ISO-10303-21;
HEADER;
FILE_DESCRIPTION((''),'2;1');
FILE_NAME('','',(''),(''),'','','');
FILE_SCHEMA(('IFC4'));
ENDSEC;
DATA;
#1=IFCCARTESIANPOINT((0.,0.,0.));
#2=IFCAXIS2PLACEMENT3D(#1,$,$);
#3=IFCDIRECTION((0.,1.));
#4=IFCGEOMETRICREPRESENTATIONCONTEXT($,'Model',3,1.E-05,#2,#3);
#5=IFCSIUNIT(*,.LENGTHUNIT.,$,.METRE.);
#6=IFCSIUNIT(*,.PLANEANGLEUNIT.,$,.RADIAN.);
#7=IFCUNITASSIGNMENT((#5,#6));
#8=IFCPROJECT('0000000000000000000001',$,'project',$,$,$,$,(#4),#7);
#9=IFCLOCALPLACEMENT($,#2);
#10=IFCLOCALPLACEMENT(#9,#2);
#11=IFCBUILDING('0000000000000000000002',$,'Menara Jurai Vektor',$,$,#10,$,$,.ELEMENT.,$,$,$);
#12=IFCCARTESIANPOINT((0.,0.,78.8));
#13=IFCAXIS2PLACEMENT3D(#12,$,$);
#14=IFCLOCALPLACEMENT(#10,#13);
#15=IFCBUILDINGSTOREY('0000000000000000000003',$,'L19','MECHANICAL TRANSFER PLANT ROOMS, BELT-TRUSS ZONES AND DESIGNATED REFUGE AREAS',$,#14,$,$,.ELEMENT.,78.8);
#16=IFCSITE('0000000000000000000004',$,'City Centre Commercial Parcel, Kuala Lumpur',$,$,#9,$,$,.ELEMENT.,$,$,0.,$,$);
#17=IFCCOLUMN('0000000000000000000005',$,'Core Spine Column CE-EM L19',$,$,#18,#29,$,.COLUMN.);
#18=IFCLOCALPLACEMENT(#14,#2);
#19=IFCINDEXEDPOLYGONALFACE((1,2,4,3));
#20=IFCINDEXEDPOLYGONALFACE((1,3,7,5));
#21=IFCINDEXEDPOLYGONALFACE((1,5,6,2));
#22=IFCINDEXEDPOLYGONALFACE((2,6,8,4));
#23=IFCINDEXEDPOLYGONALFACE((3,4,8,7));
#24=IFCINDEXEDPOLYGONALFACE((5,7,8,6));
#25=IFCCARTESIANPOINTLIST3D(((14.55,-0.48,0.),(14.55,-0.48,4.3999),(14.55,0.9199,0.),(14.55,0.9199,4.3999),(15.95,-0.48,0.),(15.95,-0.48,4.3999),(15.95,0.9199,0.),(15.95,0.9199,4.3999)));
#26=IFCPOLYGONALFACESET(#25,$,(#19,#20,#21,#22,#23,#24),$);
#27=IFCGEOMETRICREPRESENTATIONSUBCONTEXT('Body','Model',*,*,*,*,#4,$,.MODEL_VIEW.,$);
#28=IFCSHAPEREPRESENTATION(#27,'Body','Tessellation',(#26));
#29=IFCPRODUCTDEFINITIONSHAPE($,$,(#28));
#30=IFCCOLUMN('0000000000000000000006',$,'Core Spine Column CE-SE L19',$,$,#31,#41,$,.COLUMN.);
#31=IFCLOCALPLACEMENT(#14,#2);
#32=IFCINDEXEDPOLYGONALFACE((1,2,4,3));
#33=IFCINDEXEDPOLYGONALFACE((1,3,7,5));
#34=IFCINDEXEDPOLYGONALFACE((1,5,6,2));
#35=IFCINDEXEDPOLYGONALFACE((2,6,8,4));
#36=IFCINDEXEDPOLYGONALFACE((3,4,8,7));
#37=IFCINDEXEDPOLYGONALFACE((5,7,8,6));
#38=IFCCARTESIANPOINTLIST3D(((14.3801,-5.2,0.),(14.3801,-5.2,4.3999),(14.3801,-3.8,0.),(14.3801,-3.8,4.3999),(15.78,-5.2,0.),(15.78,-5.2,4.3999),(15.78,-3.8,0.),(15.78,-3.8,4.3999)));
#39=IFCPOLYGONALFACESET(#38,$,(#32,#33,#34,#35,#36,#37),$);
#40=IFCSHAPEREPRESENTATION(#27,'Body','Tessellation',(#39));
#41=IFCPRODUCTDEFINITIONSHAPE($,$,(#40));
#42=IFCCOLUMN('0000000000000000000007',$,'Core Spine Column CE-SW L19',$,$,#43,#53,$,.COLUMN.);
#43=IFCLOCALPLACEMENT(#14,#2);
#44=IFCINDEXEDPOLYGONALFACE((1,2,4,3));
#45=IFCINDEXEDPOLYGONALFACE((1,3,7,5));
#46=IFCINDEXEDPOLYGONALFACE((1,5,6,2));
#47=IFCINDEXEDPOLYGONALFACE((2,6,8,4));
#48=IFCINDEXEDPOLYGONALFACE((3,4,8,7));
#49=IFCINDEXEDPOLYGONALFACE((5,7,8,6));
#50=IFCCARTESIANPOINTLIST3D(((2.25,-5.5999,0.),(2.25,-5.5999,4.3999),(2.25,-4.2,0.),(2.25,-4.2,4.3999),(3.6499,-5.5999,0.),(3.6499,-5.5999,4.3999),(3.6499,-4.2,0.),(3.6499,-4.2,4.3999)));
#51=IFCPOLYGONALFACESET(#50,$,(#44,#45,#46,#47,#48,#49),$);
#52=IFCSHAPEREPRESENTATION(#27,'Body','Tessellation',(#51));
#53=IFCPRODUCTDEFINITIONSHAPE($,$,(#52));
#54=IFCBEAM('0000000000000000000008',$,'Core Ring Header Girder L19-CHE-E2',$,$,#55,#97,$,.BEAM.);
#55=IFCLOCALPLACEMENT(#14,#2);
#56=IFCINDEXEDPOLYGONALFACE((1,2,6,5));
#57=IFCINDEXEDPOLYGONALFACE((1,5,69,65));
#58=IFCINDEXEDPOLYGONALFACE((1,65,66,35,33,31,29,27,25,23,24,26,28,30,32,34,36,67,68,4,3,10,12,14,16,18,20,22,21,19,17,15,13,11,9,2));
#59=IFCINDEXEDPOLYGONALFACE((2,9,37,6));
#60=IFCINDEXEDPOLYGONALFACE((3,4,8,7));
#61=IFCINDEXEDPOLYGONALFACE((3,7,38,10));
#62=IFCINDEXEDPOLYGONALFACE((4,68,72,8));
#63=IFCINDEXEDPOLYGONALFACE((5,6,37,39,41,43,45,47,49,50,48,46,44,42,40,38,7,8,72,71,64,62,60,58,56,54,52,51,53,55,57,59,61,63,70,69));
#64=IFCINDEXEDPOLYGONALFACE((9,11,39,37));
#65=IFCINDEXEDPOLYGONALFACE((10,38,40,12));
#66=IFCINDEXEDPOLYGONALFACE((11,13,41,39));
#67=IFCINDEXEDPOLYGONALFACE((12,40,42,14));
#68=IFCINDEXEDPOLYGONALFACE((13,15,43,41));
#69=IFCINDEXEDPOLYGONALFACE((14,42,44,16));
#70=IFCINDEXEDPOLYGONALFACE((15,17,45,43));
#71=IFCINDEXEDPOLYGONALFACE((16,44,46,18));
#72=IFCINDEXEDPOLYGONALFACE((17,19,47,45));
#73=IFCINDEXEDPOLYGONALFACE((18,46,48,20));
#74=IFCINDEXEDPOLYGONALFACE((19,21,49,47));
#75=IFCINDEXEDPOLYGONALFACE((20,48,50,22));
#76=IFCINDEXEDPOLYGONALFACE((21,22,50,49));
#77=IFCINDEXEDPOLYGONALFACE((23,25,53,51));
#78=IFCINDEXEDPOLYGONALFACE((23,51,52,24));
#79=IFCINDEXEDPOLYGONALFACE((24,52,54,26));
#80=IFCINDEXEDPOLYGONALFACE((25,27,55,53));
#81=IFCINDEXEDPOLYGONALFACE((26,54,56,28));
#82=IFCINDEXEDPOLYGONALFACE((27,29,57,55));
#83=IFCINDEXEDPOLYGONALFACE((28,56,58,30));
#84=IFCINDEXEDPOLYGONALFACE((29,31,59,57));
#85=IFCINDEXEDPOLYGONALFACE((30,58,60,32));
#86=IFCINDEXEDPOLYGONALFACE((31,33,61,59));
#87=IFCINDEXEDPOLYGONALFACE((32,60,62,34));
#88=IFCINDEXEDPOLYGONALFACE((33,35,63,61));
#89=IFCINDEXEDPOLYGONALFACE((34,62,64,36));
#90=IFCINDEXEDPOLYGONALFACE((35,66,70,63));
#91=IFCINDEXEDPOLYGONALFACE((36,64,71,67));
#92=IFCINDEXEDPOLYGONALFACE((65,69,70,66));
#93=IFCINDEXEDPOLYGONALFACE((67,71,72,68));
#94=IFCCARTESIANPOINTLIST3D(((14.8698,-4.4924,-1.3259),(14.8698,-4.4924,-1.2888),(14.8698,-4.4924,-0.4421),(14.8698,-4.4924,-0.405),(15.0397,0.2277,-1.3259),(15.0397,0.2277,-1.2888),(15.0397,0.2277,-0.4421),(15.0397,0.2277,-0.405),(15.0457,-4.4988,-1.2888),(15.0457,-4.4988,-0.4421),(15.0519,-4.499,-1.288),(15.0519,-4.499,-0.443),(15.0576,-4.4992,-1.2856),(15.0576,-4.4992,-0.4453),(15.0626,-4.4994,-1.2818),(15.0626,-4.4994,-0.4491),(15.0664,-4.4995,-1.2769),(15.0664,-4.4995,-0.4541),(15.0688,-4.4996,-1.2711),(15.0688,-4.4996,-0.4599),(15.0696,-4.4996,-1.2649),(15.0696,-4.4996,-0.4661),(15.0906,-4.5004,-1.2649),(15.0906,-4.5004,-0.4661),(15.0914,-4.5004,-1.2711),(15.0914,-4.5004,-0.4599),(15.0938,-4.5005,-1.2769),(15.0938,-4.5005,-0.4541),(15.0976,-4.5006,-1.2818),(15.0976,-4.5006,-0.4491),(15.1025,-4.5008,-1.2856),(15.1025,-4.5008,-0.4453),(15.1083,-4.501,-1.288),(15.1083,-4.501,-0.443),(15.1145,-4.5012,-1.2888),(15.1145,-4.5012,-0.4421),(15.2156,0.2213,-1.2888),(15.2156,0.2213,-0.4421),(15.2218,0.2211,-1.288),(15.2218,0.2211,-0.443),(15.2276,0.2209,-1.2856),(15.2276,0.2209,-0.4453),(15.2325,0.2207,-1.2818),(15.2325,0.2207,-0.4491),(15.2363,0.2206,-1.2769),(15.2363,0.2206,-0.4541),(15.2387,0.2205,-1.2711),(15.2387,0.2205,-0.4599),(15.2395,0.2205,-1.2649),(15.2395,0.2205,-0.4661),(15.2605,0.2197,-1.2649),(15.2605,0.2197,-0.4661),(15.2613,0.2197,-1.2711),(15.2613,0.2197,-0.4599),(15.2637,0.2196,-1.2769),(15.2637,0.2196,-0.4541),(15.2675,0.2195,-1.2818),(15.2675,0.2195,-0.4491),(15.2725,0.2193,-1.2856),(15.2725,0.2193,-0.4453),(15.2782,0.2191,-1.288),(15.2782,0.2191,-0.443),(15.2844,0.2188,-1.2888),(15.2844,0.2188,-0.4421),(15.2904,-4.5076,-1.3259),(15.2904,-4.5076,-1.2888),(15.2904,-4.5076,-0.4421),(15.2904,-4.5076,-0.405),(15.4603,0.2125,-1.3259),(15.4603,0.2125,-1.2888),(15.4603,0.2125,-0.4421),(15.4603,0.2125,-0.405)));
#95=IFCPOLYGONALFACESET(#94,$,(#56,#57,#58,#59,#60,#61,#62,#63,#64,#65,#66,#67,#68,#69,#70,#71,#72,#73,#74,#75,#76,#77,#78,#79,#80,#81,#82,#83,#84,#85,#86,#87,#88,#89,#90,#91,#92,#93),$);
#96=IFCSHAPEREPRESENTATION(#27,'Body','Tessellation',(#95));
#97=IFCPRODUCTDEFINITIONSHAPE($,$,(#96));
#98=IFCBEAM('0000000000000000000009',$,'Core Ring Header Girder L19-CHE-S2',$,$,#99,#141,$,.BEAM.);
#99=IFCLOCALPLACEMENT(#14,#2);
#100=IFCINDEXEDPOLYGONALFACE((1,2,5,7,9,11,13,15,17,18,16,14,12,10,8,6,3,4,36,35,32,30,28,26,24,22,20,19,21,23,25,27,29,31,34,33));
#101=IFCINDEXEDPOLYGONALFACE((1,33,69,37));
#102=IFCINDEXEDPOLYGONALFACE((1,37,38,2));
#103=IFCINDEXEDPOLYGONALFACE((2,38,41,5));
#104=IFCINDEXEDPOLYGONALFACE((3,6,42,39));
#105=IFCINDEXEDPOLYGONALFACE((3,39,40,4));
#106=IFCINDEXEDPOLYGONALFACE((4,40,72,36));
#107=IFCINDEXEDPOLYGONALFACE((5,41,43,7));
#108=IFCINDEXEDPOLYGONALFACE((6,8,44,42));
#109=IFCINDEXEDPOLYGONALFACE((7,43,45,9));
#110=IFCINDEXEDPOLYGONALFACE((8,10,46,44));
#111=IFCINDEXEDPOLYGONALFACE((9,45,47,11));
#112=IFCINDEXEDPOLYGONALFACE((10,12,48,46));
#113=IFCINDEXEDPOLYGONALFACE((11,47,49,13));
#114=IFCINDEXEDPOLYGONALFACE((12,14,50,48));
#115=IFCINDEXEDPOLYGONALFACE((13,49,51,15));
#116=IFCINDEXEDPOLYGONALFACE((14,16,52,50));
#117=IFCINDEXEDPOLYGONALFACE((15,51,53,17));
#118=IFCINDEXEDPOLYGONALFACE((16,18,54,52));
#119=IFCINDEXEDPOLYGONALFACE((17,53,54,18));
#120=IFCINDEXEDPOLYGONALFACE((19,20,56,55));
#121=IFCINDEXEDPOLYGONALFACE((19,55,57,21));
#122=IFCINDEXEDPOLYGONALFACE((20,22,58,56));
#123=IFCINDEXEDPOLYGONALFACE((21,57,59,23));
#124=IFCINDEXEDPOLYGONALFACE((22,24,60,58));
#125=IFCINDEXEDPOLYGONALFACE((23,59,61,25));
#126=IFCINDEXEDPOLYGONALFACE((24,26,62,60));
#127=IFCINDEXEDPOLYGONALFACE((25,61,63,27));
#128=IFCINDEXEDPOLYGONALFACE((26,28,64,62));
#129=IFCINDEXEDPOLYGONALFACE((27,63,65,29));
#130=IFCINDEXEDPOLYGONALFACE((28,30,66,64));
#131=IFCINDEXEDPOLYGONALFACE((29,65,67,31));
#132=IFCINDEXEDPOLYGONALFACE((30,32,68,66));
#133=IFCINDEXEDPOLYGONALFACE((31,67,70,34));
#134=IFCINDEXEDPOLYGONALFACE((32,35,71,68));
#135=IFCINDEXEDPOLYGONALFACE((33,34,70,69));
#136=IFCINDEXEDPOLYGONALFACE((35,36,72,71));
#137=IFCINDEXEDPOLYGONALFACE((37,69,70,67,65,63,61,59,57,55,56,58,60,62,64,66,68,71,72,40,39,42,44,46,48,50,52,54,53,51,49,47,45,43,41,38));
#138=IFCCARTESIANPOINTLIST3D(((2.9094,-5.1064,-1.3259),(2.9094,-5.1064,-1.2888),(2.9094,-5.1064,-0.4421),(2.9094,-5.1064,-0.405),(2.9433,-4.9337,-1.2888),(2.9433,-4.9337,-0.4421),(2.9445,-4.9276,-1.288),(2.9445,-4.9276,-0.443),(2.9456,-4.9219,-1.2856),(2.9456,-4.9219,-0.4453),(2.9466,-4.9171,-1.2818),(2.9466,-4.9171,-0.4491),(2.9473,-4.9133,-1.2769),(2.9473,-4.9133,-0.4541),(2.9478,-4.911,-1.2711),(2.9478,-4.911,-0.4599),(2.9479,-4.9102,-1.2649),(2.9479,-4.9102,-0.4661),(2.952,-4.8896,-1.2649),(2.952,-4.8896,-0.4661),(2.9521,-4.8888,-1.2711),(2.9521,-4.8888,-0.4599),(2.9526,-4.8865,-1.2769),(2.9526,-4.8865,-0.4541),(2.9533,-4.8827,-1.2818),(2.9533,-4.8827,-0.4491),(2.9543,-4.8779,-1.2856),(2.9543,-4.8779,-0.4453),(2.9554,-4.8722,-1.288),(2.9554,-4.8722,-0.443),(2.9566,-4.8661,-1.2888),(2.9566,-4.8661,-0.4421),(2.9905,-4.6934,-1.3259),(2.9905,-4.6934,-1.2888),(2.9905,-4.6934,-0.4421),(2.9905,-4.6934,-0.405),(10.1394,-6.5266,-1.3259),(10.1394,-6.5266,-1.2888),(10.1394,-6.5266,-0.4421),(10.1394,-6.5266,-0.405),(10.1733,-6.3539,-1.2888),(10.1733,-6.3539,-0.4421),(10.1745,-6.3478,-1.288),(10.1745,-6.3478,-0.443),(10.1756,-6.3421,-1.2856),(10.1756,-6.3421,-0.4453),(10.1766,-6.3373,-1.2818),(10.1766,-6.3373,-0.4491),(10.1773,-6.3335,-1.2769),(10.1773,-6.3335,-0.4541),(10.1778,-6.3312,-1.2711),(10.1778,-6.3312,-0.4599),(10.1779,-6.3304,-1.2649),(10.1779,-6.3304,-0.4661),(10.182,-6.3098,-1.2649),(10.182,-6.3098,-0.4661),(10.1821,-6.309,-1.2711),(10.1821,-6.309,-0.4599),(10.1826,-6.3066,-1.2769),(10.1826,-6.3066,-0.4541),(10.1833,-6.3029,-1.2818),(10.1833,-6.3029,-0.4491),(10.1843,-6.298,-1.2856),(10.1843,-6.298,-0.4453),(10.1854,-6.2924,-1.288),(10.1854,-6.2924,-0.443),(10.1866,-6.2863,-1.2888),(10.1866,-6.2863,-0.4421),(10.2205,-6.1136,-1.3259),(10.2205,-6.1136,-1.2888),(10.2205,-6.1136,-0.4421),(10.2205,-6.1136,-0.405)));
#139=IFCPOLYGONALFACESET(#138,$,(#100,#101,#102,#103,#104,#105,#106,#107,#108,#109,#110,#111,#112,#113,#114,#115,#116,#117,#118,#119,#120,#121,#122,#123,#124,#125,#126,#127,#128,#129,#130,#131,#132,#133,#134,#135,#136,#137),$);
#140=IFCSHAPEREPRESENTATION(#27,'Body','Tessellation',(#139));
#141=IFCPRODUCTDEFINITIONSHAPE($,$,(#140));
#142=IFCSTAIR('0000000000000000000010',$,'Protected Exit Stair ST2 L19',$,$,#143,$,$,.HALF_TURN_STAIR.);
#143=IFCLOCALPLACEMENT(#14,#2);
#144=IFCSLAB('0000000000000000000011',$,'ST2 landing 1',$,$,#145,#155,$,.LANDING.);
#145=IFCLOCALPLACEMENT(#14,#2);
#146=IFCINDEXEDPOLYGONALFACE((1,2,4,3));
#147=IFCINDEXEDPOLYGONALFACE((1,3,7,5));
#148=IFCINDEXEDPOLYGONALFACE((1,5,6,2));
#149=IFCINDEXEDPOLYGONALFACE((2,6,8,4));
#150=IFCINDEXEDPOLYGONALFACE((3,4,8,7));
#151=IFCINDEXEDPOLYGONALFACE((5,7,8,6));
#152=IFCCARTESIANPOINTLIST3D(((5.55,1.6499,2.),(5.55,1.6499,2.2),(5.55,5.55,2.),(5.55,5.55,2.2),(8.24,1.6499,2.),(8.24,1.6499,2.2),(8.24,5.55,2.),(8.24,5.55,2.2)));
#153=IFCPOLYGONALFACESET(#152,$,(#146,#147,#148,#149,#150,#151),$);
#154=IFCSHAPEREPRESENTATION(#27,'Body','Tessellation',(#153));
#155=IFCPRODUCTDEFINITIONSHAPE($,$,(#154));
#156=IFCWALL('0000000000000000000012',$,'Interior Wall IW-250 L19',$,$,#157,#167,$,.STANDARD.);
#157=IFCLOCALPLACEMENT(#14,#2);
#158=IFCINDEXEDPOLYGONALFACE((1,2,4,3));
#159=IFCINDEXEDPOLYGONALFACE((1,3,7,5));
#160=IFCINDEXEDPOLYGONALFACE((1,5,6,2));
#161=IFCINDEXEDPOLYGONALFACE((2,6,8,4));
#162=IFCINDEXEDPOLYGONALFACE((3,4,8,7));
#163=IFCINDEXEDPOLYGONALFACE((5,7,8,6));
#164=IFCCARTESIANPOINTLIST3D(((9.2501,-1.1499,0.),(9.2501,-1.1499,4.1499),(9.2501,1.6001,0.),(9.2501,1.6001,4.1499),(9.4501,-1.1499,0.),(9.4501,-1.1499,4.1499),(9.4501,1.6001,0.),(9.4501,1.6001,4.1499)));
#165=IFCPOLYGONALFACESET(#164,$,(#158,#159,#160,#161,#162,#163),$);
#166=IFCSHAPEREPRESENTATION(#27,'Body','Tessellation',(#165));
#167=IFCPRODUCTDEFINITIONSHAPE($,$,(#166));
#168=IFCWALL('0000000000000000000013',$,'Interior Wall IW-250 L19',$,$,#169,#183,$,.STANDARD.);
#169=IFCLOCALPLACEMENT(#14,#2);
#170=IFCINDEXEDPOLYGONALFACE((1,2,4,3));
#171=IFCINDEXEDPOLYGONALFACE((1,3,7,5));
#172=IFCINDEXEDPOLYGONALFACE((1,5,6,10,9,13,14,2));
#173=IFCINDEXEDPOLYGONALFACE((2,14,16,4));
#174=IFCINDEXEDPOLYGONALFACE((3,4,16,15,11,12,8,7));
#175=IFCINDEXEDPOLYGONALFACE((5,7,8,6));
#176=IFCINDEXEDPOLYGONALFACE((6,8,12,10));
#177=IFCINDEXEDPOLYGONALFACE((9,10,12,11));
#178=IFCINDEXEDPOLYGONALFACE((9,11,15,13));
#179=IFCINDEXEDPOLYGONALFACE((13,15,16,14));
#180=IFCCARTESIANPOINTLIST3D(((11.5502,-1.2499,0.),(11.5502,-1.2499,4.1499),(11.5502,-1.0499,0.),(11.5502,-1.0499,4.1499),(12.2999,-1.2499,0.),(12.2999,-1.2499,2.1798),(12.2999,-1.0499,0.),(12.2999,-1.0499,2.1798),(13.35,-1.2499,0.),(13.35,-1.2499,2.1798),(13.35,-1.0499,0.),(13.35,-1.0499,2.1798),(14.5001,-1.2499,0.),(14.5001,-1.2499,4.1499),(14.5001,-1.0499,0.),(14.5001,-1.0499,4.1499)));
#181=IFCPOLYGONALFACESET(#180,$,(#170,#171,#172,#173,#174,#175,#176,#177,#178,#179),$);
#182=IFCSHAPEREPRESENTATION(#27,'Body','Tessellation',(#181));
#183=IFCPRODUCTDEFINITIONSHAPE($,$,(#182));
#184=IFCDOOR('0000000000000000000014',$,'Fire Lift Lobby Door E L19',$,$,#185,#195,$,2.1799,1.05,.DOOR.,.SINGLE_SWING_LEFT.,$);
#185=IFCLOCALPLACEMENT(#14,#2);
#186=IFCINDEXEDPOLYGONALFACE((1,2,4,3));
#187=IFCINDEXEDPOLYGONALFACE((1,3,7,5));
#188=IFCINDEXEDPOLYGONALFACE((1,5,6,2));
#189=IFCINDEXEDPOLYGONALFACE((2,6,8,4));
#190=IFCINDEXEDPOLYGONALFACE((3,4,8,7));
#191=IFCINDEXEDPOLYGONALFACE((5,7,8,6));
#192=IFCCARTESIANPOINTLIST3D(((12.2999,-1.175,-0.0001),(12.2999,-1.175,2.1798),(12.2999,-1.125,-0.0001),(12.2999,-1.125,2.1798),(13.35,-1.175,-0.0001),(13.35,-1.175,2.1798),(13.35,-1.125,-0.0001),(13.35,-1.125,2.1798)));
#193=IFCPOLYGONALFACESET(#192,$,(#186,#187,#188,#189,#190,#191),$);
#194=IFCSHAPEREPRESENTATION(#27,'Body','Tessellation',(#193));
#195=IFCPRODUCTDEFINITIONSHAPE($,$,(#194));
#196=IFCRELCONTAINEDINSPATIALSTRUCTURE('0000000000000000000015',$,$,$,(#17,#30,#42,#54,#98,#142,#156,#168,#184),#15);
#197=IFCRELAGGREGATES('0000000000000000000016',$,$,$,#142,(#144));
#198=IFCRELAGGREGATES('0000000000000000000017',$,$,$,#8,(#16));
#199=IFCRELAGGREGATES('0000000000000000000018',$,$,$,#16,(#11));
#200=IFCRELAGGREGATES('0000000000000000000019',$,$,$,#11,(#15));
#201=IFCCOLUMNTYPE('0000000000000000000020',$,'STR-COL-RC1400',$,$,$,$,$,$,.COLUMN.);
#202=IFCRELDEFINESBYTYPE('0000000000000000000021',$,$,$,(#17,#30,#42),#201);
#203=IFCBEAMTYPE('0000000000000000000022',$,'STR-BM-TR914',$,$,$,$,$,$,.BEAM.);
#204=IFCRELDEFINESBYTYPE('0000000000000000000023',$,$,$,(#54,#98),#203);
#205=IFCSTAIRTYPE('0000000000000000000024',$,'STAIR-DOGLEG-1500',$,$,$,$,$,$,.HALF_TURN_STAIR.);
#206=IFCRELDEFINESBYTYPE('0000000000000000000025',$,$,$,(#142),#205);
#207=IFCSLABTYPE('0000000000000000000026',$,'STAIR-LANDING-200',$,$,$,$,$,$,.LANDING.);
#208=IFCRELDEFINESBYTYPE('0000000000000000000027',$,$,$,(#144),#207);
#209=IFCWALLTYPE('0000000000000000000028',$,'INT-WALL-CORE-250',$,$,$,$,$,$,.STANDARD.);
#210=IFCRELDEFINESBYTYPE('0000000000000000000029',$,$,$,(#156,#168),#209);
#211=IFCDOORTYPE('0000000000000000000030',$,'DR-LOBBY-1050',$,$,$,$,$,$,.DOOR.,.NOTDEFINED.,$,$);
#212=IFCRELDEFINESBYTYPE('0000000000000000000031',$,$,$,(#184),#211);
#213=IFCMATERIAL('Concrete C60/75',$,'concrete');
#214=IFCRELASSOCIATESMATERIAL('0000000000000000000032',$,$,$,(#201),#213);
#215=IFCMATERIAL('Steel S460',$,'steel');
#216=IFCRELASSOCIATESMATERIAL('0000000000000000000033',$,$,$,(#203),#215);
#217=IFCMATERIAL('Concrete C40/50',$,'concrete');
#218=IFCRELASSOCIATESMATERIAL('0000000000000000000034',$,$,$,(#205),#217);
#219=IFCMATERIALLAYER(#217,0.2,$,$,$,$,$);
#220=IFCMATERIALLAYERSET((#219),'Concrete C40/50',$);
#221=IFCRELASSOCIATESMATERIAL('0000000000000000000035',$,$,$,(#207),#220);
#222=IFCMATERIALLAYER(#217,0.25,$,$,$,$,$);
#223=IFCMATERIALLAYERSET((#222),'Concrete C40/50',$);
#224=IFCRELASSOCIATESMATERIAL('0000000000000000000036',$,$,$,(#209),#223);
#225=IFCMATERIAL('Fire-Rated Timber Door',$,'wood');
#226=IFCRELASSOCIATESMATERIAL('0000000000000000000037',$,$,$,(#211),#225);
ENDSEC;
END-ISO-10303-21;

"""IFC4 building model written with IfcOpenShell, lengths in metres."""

from ifc_helpers import new_model, si_unit, direction, frame, frame_2d, origin, origin_2d, place, context, subcontext, project, spatial, polyline, rectangle, i_section, outline, extrude, material, layer, layer_set, material_profile, profile_set, type_object, element, fill, aggregate, save


model = new_model("IFC4")

# Units and contexts
model_context = context("Model", 3, precision=1e-05, world=origin(), true_north=direction((0.0, 1.0)))
body_context = subcontext(model_context, "Body", "Model", "MODEL_VIEW")
ifc_project = project(units=[si_unit("LENGTHUNIT", "METRE"), si_unit("PLANEANGLEUNIT", "RADIAN")], contexts=[model_context])

# Site, building, storey
site_placement = place(None, origin())
site = spatial("IfcSite", under=ifc_project, at=site_placement, Name="City Centre Commercial Parcel, Kuala Lumpur", CompositionType="ELEMENT", RefElevation=0.0)
building_placement = place(site_placement, origin())
building = spatial("IfcBuilding", under=site, at=building_placement, Name="Menara Jurai Vektor", CompositionType="ELEMENT")
storey_placement = place(building_placement, frame((0.0, 0.0, 78.8)))
storey = spatial("IfcBuildingStorey", under=building, at=storey_placement, Name="L19", Description="MECHANICAL TRANSFER PLANT ROOMS, BELT-TRUSS ZONES AND DESIGNATED REFUGE AREAS", CompositionType="ELEMENT", Elevation=78.8)

# Columns
ifc_material_1 = material(Name="Concrete C60/75", Category="concrete")
ifc_material_profile_1 = material_profile(ifc_material_1, rectangle(XDim=1.3999, YDim=1.3999, at=origin_2d()), Name="RC 1400x1400")
ifc_profile_set_1 = profile_set([ifc_material_profile_1], Name="Concrete C60/75")
column_type = type_object("IfcColumnType", Name="STR-COL-RC1400", PredefinedType="COLUMN", material=ifc_profile_set_1)
for number, where, z_axis, x_axis, name in (
    (1, (15.25, 0.22, 0.0), (0.0, 0.0, 1.0), (1.0, 0.0, 0.0), "Core Spine Column CE-EM L19"),
    (2, (15.0801, -4.5, 0.0), (0.0, 0.0, 1.0), (1.0, 0.0, 0.0), "Core Spine Column CE-SE L19"),
    (3, (2.95, -4.8999, 0.0), (0.0, 0.0, 1.0), (1.0, 0.0, 0.0), "Core Spine Column CE-SW L19"),
):
    element("IfcColumn", number, at=place(storey_placement, frame(where, z_axis=z_axis, x_axis=x_axis)), inside=storey, type_object=column_type, Name=name, PredefinedType="COLUMN", context=body_context, shape_type="SweptSolid", body=[
        extrude(rectangle(XDim=1.3999, YDim=1.3999, at=origin_2d()), origin(), (0.0, 0.0, 1.0), 4.3999),
    ])

# Beams
ifc_material_2 = material(Name="Steel S460", Category="steel")
ifc_material_profile_2 = material_profile(ifc_material_2, i_section(OverallWidth=0.4209, OverallDepth=0.9209, WebThickness=0.021, FlangeThickness=0.0371, FilletRadius=0.0239, at=origin_2d()), Name="UKB 914x419x388")
ifc_profile_set_2 = profile_set([ifc_material_profile_2], Name="Steel S460")
beam_type = type_object("IfcBeamType", Name="STR-BM-TR914", PredefinedType="BEAM", material=ifc_profile_set_2)
beam_1_placement = place(storey_placement, frame((15.0801, -4.5, -0.8655), z_axis=(0.035977, 0.999353, 0.0), x_axis=(-0.999353, 0.035977, 0.0)))
element("IfcBeam", 4, at=beam_1_placement, inside=storey, type_object=beam_type, Name="Core Ring Header Girder L19-CHE-E2", PredefinedType="BEAM", context=body_context, shape_type="SweptSolid", body=[
    extrude(i_section(OverallWidth=0.4209, OverallDepth=0.9209, WebThickness=0.021, FlangeThickness=0.0371, FilletRadius=0.0239, at=origin_2d()), origin(), (0.0, 0.0, 1.0), 4.7231),
])
beam_2_placement = place(storey_placement, frame((2.95, -4.8999, -0.8655), z_axis=(0.981249, -0.192744, 0.0), x_axis=(0.192744, 0.981249, 0.0)))
element("IfcBeam", 5, at=beam_2_placement, inside=storey, type_object=beam_type, Name="Core Ring Header Girder L19-CHE-S2", PredefinedType="BEAM", context=body_context, shape_type="SweptSolid", body=[
    extrude(i_section(OverallWidth=0.4209, OverallDepth=0.9209, WebThickness=0.021, FlangeThickness=0.0371, FilletRadius=0.0239, at=origin_2d()), origin(), (0.0, 0.0, 1.0), 7.3682),
])

# Stair, slab
ifc_material_3 = material(Name="Concrete C40/50", Category="concrete")
stair_type = type_object("IfcStairType", Name="STAIR-DOGLEG-1500", PredefinedType="HALF_TURN_STAIR", material=ifc_material_3)
stair_placement = place(storey_placement, origin())
stair = element("IfcStair", 6, at=stair_placement, inside=storey, type_object=stair_type, Name="Protected Exit Stair ST2 L19", PredefinedType="HALF_TURN_STAIR")
ifc_layer_1 = layer(ifc_material_3, 0.2)
ifc_layer_set_1 = layer_set([ifc_layer_1], Name="Concrete C40/50")
slab_type = type_object("IfcSlabType", Name="STAIR-LANDING-200", PredefinedType="LANDING", material=ifc_layer_set_1)
slab_placement = place(storey_placement, frame((0.0, 0.0, 2.0)))
slab = element("IfcSlab", 7, at=slab_placement, type_object=slab_type, Name="ST2 landing 1", PredefinedType="LANDING", context=body_context, shape_type="SweptSolid", body=[
    extrude(outline(polyline([(5.55, 1.6499), (8.24, 1.6499), (8.24, 5.55), (5.55, 5.55), (5.55, 1.6499)])), origin(), (0.0, 0.0, 1.0), 0.2),
])
aggregate(stair, [slab])

# Shared definitions
ifc_layer_2 = layer(ifc_material_3, 0.25)
ifc_layer_set_2 = layer_set([ifc_layer_2], Name="Concrete C40/50")
wall_type_1 = type_object("IfcWallType", Name="INT-WALL-CORE-250", PredefinedType="STANDARD", material=ifc_layer_set_2)

# Wall
wall_1_placement = place(storey_placement, frame((9.3501, -1.1499, 0.0), z_axis=(0.0, 0.0, 1.0), x_axis=(0.0, 1.0, 0.0)))
element("IfcWall", 8, at=wall_1_placement, inside=storey, type_object=wall_type_1, Name="Interior Wall IW-250 L19", PredefinedType="STANDARD", context=body_context, shape_type="SweptSolid", body=[
    extrude(rectangle(XDim=2.75, YDim=0.2, at=frame_2d((1.375, 0.0))), origin(), (0.0, 0.0, 1.0), 4.1499),
])

# Wall, opening, door
wall_2_placement = place(storey_placement, frame((11.55, -1.1499, 0.0), z_axis=(0.0, 0.0, 1.0), x_axis=(1.0, 0.0, 0.0)))
wall_2 = element("IfcWall", 9, at=wall_2_placement, inside=storey, type_object=wall_type_1, Name="Interior Wall IW-250 L19", PredefinedType="STANDARD", context=body_context, shape_type="SweptSolid", body=[
    extrude(rectangle(XDim=2.95, YDim=0.2, at=frame_2d((1.4751, 0.0))), origin(), (0.0, 0.0, 1.0), 4.1499),
])
opening_1_placement = place(wall_2_placement, frame((0.75, 0.0, 0.0)))
opening_1 = element("IfcOpeningElement", 10, at=opening_1_placement, cuts=wall_2, PredefinedType="OPENING", context=body_context, shape_type="SweptSolid", body=[
    extrude(rectangle(XDim=1.05, YDim=2.1799, at=frame_2d((0.5249, 1.0898))), frame((0.0, 0.1099, 0.0), z_axis=(0.0, -1.0, 0.0), x_axis=(1.0, 0.0, 0.0)), (0.0, 0.0, 1.0), 0.22),
])
ifc_material_4 = material(Name="Fire-Rated Timber Door", Category="wood")
door_type_1 = type_object("IfcDoorType", Name="DR-LOBBY-1050", OperationType="NOTDEFINED", PredefinedType="DOOR", material=ifc_material_4)
door_1_placement = place(opening_1_placement, origin())
door_1 = element("IfcDoor", 11, at=door_1_placement, inside=storey, type_object=door_type_1, Name="Fire Lift Lobby Door E L19", OperationType="SINGLE_SWING_LEFT", OverallHeight=2.1799, OverallWidth=1.05, PredefinedType="DOOR", context=body_context, shape_type="SweptSolid", body=[
    extrude(rectangle(XDim=1.05, YDim=2.1799, at=frame_2d((0.5249, 1.0898))), frame((0.0, 0.0249, 0.0), z_axis=(0.0, -1.0, 0.0), x_axis=(1.0, 0.0, 0.0)), (0.0, 0.0, 1.0), 0.05),
])
fill(opening_1, door_1)

save(model, "model.ifc")
